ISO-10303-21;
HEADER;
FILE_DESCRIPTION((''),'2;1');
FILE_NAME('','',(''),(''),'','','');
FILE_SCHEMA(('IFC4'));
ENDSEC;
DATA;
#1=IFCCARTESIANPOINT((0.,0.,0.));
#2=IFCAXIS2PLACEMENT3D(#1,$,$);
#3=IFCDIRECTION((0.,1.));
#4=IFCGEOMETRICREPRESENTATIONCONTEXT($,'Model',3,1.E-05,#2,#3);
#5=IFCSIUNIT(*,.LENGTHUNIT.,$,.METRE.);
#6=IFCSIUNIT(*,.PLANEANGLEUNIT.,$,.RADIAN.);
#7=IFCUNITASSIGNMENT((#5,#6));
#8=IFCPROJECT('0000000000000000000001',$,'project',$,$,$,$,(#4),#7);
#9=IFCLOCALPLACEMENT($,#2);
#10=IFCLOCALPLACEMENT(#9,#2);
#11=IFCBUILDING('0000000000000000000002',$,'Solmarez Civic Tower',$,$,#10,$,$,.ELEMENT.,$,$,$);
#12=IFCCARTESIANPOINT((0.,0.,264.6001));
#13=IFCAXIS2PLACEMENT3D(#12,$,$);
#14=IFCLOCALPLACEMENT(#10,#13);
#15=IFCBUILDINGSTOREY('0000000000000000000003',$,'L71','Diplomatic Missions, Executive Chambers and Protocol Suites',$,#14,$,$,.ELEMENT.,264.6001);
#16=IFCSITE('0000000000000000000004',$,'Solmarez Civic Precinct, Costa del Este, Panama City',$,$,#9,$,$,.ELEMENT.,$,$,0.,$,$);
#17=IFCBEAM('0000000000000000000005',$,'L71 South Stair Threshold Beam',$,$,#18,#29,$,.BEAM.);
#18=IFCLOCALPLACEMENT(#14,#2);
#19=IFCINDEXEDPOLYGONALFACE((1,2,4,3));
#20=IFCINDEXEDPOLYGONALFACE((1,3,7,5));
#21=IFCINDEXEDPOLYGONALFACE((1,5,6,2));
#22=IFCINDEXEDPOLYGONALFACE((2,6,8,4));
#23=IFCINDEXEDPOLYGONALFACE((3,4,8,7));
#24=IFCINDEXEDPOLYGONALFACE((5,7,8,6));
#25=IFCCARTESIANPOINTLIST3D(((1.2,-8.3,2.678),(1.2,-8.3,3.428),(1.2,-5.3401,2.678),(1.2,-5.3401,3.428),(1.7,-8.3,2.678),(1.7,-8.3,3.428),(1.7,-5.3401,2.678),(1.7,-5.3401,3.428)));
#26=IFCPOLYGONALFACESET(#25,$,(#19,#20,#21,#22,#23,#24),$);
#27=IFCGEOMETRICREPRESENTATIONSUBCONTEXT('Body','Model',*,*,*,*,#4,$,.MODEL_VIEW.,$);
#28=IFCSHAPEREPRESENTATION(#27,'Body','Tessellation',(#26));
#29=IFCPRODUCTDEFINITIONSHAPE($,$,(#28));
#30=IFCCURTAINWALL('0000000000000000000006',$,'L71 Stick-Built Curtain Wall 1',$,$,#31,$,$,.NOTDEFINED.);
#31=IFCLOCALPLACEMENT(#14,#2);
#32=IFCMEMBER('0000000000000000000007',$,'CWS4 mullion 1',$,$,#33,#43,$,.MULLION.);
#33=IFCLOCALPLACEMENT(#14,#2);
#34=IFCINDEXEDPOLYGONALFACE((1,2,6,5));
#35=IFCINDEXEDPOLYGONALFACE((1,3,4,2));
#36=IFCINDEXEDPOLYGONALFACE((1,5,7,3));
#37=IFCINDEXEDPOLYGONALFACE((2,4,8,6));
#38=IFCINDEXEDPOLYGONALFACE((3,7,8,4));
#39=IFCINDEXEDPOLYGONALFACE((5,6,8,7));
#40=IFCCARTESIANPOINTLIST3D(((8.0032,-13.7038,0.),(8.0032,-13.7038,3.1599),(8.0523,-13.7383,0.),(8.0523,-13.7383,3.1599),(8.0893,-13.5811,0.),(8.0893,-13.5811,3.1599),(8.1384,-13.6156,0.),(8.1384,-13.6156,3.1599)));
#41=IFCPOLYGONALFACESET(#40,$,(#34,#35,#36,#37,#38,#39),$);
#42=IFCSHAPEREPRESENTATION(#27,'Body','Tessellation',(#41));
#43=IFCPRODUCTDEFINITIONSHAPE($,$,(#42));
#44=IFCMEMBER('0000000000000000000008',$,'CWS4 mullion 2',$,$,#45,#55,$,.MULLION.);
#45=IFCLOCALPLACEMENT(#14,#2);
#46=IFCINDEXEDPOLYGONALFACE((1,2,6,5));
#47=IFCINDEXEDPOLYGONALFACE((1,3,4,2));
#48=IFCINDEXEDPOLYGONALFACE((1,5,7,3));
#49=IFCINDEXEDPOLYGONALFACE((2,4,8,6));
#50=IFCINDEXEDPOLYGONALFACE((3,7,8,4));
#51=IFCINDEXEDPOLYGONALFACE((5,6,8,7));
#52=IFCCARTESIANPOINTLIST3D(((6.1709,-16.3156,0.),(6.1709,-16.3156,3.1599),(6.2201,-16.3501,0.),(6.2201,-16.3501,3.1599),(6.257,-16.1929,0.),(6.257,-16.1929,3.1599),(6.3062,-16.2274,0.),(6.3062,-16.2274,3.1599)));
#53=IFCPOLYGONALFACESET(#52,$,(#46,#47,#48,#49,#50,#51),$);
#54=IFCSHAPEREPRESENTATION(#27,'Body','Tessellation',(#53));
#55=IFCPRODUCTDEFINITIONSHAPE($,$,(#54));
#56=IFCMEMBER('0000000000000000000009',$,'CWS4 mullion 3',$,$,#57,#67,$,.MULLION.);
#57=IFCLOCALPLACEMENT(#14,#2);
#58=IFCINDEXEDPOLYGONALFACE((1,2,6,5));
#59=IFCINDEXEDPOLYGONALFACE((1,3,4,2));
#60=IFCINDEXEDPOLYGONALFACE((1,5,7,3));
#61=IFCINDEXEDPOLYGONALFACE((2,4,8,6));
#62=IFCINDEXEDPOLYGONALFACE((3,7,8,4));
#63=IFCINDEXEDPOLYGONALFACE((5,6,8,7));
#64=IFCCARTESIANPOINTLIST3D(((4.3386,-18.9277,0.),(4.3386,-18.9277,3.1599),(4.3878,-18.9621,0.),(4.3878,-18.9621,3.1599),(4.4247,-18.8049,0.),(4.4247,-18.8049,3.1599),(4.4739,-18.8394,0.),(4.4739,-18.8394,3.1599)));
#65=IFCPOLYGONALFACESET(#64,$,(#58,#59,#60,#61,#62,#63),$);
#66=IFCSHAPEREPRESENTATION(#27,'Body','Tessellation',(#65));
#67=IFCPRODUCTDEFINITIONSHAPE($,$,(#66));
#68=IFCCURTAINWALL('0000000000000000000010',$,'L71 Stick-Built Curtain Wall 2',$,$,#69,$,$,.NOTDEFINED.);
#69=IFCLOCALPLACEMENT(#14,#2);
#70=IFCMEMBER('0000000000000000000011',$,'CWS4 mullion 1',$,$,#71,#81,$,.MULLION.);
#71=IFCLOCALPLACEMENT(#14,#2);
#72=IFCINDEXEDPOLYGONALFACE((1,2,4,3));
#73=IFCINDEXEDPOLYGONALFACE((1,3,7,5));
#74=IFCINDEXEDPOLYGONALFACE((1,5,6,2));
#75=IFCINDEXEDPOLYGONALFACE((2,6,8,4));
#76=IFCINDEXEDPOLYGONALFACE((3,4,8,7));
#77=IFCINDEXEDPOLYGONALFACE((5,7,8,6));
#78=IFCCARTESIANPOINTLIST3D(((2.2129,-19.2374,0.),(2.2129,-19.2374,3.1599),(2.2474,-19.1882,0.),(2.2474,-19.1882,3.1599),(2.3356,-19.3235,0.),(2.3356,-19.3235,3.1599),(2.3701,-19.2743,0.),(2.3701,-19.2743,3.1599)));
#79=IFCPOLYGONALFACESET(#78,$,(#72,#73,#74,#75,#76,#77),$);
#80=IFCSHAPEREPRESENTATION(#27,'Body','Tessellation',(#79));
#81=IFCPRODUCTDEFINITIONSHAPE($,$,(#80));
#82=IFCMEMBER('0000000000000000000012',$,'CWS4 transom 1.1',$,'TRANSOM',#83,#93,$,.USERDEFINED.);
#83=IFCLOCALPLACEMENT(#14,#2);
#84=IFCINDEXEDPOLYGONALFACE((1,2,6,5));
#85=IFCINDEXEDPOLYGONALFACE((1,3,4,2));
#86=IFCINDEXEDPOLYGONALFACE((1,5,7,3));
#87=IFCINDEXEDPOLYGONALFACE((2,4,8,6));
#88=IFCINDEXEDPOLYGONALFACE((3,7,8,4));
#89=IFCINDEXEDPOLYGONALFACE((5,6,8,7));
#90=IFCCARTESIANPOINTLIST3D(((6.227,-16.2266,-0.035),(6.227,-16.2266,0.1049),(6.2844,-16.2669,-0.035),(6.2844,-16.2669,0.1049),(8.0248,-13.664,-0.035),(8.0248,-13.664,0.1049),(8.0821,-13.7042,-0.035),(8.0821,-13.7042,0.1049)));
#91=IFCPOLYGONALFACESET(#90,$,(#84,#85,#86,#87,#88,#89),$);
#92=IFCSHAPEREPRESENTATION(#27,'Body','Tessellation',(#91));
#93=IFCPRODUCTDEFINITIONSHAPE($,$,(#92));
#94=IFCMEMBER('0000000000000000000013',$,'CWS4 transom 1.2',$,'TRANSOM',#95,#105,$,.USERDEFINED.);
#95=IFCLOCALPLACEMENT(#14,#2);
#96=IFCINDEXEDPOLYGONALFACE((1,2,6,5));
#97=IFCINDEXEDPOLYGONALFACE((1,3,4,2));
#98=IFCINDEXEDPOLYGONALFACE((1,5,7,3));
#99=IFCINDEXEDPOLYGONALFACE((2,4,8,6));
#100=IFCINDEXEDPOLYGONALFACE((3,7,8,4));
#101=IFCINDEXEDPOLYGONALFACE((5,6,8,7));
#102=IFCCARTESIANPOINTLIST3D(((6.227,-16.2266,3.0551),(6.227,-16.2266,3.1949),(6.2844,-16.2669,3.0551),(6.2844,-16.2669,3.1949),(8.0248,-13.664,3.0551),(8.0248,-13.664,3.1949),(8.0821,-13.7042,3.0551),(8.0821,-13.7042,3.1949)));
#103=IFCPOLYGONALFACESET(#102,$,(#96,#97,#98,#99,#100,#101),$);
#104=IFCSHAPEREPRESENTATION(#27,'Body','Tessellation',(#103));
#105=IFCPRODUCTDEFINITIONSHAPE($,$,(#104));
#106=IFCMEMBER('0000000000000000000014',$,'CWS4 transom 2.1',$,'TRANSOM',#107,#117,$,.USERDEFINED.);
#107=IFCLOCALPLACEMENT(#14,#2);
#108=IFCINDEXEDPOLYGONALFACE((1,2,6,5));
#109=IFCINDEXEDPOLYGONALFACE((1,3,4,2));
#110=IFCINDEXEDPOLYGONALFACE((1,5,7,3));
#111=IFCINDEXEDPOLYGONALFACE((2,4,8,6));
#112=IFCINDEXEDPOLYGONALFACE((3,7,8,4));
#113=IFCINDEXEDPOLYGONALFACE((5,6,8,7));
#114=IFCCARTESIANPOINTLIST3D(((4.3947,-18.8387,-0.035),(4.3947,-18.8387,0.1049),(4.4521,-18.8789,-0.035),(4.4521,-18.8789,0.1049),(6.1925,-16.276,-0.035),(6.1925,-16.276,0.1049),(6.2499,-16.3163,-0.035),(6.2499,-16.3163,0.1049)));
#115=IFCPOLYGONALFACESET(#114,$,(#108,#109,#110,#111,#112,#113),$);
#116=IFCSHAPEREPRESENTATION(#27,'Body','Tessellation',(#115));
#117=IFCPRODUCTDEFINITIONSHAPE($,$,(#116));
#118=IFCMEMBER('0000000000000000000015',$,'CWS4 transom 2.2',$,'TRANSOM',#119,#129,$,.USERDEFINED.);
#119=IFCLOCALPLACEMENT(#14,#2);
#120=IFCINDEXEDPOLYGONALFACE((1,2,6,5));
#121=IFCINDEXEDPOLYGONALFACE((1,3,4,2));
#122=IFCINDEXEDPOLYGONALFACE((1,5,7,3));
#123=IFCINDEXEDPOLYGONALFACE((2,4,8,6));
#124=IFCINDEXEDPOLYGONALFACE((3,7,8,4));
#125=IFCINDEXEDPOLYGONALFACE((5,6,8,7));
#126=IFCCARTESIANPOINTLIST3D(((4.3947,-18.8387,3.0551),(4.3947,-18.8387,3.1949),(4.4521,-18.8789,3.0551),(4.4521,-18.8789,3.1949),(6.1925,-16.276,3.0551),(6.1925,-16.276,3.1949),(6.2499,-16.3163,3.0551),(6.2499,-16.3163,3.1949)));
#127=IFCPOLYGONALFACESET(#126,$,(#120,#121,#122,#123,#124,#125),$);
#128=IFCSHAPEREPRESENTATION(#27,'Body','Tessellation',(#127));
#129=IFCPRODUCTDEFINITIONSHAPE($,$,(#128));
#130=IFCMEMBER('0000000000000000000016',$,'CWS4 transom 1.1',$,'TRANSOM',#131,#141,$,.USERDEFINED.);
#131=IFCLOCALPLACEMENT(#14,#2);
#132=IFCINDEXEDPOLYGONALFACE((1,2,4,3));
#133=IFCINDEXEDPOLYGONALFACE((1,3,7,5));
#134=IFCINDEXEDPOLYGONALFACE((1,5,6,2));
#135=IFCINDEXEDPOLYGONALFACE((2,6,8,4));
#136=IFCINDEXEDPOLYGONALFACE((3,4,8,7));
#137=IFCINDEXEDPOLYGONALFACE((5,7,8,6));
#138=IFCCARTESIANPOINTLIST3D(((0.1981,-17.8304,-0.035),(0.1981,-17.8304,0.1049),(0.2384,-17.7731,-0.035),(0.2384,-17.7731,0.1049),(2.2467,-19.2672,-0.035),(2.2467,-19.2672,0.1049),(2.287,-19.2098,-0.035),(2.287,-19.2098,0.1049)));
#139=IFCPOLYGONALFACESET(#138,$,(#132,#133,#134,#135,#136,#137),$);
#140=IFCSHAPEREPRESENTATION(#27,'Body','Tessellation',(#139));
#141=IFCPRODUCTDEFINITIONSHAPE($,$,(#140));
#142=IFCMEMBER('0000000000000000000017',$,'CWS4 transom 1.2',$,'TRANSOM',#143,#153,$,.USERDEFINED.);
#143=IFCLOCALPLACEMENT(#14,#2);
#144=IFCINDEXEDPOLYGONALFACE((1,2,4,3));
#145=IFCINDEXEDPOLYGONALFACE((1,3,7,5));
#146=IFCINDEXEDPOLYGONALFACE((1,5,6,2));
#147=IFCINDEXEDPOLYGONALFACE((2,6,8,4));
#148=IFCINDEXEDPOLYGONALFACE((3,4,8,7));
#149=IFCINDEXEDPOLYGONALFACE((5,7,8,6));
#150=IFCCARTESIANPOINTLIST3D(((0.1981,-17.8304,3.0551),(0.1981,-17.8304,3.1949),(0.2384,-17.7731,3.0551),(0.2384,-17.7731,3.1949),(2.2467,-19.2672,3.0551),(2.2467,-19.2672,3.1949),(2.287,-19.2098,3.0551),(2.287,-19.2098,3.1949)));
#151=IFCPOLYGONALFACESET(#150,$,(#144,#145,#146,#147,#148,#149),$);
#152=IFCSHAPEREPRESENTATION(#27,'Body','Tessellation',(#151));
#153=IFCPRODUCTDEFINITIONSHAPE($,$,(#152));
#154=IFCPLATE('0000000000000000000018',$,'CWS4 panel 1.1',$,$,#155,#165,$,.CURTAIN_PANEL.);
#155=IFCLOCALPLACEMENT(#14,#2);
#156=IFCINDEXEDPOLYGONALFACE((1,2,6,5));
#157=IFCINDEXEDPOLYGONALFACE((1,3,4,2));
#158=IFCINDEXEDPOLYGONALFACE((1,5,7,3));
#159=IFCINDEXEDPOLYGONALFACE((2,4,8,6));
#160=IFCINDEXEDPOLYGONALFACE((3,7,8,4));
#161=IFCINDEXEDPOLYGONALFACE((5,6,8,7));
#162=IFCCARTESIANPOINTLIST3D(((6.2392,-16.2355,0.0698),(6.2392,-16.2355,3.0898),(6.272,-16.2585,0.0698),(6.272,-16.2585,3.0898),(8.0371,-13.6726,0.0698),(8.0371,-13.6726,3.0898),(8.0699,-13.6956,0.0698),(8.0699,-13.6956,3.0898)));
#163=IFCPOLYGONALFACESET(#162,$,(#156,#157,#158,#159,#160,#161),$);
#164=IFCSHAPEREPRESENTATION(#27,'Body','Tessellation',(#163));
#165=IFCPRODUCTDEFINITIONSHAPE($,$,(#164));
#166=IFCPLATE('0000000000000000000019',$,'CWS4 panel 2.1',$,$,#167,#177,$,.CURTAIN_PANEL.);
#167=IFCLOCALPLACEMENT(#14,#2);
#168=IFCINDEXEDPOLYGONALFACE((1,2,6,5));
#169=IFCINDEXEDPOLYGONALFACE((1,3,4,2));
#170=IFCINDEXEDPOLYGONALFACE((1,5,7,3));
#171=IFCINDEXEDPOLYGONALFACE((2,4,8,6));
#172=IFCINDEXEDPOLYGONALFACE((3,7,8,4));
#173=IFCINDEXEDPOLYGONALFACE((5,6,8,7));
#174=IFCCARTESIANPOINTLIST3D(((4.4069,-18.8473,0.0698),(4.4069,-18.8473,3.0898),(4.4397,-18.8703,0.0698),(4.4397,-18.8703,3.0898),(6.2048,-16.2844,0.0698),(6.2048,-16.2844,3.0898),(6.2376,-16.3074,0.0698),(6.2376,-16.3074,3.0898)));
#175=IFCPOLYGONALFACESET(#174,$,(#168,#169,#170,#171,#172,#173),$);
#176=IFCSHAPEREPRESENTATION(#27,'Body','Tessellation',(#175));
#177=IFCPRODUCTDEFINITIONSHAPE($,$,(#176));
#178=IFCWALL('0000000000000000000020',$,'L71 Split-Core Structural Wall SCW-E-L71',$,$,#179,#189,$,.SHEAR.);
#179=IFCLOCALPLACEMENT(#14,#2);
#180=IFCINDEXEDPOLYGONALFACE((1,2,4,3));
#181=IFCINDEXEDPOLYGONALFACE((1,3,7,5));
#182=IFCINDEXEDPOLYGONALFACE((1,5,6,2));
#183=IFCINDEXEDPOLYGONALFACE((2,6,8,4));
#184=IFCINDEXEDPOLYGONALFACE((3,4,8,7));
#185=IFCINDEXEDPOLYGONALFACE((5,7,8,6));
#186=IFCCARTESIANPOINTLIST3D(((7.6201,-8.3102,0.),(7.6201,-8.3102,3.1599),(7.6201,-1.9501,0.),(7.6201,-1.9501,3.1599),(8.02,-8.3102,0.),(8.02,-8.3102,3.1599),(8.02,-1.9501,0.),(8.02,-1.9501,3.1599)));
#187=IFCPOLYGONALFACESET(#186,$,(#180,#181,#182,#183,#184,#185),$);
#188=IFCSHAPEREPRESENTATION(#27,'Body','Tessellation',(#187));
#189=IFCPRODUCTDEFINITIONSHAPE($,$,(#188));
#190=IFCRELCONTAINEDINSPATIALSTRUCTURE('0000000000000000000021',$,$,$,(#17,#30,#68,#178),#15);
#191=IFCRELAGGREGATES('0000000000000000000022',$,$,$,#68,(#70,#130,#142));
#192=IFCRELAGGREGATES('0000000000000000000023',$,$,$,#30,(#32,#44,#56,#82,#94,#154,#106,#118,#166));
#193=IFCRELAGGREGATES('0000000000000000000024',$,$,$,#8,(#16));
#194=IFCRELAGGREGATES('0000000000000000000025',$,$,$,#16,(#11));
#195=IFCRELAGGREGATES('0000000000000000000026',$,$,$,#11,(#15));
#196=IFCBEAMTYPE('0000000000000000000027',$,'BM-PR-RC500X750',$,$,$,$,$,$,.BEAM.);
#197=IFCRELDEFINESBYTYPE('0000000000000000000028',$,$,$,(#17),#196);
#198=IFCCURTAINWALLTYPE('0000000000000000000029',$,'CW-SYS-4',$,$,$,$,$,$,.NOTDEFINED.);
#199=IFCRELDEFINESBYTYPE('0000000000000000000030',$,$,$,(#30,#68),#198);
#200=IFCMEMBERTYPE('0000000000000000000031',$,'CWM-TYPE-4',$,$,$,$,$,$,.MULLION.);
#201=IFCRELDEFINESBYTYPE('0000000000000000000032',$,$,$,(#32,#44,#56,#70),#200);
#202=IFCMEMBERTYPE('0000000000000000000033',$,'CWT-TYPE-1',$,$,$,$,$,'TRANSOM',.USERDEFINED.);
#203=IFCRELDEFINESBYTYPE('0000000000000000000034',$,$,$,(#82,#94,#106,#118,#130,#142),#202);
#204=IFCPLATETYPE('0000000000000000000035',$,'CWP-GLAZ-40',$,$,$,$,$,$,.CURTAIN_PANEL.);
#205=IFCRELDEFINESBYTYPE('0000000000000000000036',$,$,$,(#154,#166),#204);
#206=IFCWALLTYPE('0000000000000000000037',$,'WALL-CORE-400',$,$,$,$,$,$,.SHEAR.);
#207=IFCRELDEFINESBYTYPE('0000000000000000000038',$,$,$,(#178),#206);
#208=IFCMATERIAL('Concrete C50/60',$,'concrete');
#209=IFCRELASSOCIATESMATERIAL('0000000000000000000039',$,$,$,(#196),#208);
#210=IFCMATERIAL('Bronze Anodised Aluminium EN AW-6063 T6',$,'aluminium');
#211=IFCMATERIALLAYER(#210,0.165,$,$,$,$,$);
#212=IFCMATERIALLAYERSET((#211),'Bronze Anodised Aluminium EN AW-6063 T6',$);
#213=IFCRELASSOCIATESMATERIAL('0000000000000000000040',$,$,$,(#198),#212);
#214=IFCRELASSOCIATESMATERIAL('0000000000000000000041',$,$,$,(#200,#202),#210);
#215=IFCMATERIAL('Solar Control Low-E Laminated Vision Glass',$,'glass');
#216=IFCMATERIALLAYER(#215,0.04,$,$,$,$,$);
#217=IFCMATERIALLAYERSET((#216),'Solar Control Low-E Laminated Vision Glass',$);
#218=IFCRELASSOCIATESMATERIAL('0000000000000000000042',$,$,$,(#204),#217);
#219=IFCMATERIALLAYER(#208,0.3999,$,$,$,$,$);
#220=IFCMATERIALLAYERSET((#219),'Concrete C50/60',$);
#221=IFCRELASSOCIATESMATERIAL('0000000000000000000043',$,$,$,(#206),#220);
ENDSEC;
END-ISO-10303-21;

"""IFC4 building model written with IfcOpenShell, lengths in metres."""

from ifc_helpers import new_model, si_unit, direction, frame, frame_2d, origin, origin_2d, place, context, subcontext, project, spatial, rectangle, extrude, material, layer, layer_set, material_profile, profile_set, type_object, element, aggregate, save


model = new_model("IFC4")

# Units and contexts
model_context = context("Model", 3, precision=1e-05, world=origin(), true_north=direction((0.0, 1.0)))
body_context = subcontext(model_context, "Body", "Model", "MODEL_VIEW")
ifc_project = project(units=[si_unit("LENGTHUNIT", "METRE"), si_unit("PLANEANGLEUNIT", "RADIAN")], contexts=[model_context])

# Site, building, storey
site_placement = place(None, origin())
site = spatial("IfcSite", under=ifc_project, at=site_placement, Name="Solmarez Civic Precinct, Costa del Este, Panama City", CompositionType="ELEMENT", RefElevation=0.0)
building_placement = place(site_placement, origin())
building = spatial("IfcBuilding", under=site, at=building_placement, Name="Solmarez Civic Tower", CompositionType="ELEMENT")
storey_placement = place(building_placement, frame((0.0, 0.0, 264.6001)))
storey = spatial("IfcBuildingStorey", under=building, at=storey_placement, Name="L71", Description="Diplomatic Missions, Executive Chambers and Protocol Suites", CompositionType="ELEMENT", Elevation=264.6001)

# Beam
ifc_material_1 = material(Name="Concrete C50/60", Category="concrete")
ifc_material_profile_1 = material_profile(ifc_material_1, rectangle(XDim=0.5, YDim=0.75, at=origin_2d()), Name="RC500X750")
ifc_profile_set_1 = profile_set([ifc_material_profile_1], Name="Concrete C50/60")
beam_type = type_object("IfcBeamType", Name="BM-PR-RC500X750", PredefinedType="BEAM", material=ifc_profile_set_1)
beam_placement = place(storey_placement, frame((1.45, -8.3, 3.053), z_axis=(0.0, 1.0, 0.0), x_axis=(-1.0, 0.0, 0.0)))
element("IfcBeam", 1, at=beam_placement, inside=storey, type_object=beam_type, Name="L71 South Stair Threshold Beam", PredefinedType="BEAM", context=body_context, shape_type="SweptSolid", body=[
    extrude(rectangle(XDim=0.5, YDim=0.75, at=origin_2d()), origin(), (0.0, 0.0, 1.0), 2.96),
])

# Curtain wall, members
ifc_material_2 = material(Name="Bronze Anodised Aluminium EN AW-6063 T6", Category="aluminium")
ifc_layer_1 = layer(ifc_material_2, 0.165)
ifc_layer_set_1 = layer_set([ifc_layer_1], Name="Bronze Anodised Aluminium EN AW-6063 T6")
curtain_wall_type = type_object("IfcCurtainWallType", Name="CW-SYS-4", PredefinedType="NOTDEFINED", material=ifc_layer_set_1)
curtain_wall_1_placement = place(storey_placement, origin())
curtain_wall_1 = element("IfcCurtainWall", 2, at=curtain_wall_1_placement, inside=storey, type_object=curtain_wall_type, Name="L71 Stick-Built Curtain Wall 1", PredefinedType="NOTDEFINED")
ifc_material_profile_2 = material_profile(ifc_material_2, rectangle(XDim=0.0601, YDim=0.1499, at=origin_2d()), Name="CWM-60X150")
ifc_profile_set_2 = profile_set([ifc_material_profile_2], Name="Bronze Anodised Aluminium EN AW-6063 T6")
member_type_1 = type_object("IfcMemberType", Name="CWM-TYPE-4", PredefinedType="MULLION", material=ifc_profile_set_2)
member_1_placement = place(storey_placement, frame((8.0708, -13.6597, 0.0), z_axis=(0.0, 0.0, 1.0), x_axis=(0.818655, -0.574285, 0.0)))
member_1 = element("IfcMember", 3, at=member_1_placement, type_object=member_type_1, Name="CWS4 mullion 1", PredefinedType="MULLION", context=body_context, shape_type="SweptSolid", body=[
    extrude(rectangle(XDim=0.0601, YDim=0.1499, at=origin_2d()), origin(), (0.0, 0.0, 1.0), 3.1599),
])
member_2_placement = place(storey_placement, frame((6.2385, -16.2715, 0.0), z_axis=(0.0, 0.0, 1.0), x_axis=(0.818655, -0.574285, 0.0)))
member_2 = element("IfcMember", 4, at=member_2_placement, type_object=member_type_1, Name="CWS4 mullion 2", PredefinedType="MULLION", context=body_context, shape_type="SweptSolid", body=[
    extrude(rectangle(XDim=0.0601, YDim=0.1499, at=origin_2d()), origin(), (0.0, 0.0, 1.0), 3.1599),
])
member_3_placement = place(storey_placement, frame((4.4062, -18.8835, 0.0), z_axis=(0.0, 0.0, 1.0), x_axis=(0.818655, -0.574285, 0.0)))
member_3 = element("IfcMember", 5, at=member_3_placement, type_object=member_type_1, Name="CWS4 mullion 3", PredefinedType="MULLION", context=body_context, shape_type="SweptSolid", body=[
    extrude(rectangle(XDim=0.0601, YDim=0.1499, at=origin_2d()), origin(), (0.0, 0.0, 1.0), 3.1599),
])

# Curtain wall, member
curtain_wall_2_placement = place(storey_placement, origin())
curtain_wall_2 = element("IfcCurtainWall", 6, at=curtain_wall_2_placement, inside=storey, type_object=curtain_wall_type, Name="L71 Stick-Built Curtain Wall 2", PredefinedType="NOTDEFINED")
member_4_placement = place(storey_placement, frame((2.2915, -19.2559, 0.0), z_axis=(0.0, 0.0, 1.0), x_axis=(-0.574166, -0.818739, 0.0)))
member_4 = element("IfcMember", 7, at=member_4_placement, type_object=member_type_1, Name="CWS4 mullion 1", PredefinedType="MULLION", context=body_context, shape_type="SweptSolid", body=[
    extrude(rectangle(XDim=0.0601, YDim=0.1499, at=origin_2d()), origin(), (0.0, 0.0, 1.0), 3.1599),
])

# Members
ifc_material_profile_3 = material_profile(ifc_material_2, rectangle(XDim=0.0701, YDim=0.1399, at=origin_2d()), Name="CWT-70X140")
ifc_profile_set_3 = profile_set([ifc_material_profile_3], Name="Bronze Anodised Aluminium EN AW-6063 T6")
member_type_2 = type_object("IfcMemberType", Name="CWT-TYPE-1", ElementType="TRANSOM", PredefinedType="USERDEFINED", material=ifc_profile_set_3)
member_5_placement = place(storey_placement, frame((8.0535, -13.6841, 0.0349), z_axis=(-0.574305, -0.818642, 0.0), x_axis=(0.818642, -0.574305, 0.0)))
member_5 = element("IfcMember", 8, at=member_5_placement, type_object=member_type_2, Name="CWS4 transom 1.1", ObjectType="TRANSOM", PredefinedType="USERDEFINED", context=body_context, shape_type="SweptSolid", body=[
    extrude(rectangle(XDim=0.0701, YDim=0.1399, at=origin_2d()), origin(), (0.0, 0.0, 1.0), 3.1304),
])
member_6_placement = place(storey_placement, frame((8.0535, -13.6841, 3.125), z_axis=(-0.574305, -0.818642, 0.0), x_axis=(0.818642, -0.574305, 0.0)))
member_6 = element("IfcMember", 9, at=member_6_placement, type_object=member_type_2, Name="CWS4 transom 1.2", ObjectType="TRANSOM", PredefinedType="USERDEFINED", context=body_context, shape_type="SweptSolid", body=[
    extrude(rectangle(XDim=0.0701, YDim=0.1399, at=origin_2d()), origin(), (0.0, 0.0, 1.0), 3.1304),
])
member_7_placement = place(storey_placement, frame((6.2212, -16.2961, 0.0349), z_axis=(-0.574305, -0.818642, 0.0), x_axis=(0.818642, -0.574305, 0.0)))
member_7 = element("IfcMember", 10, at=member_7_placement, type_object=member_type_2, Name="CWS4 transom 2.1", ObjectType="TRANSOM", PredefinedType="USERDEFINED", context=body_context, shape_type="SweptSolid", body=[
    extrude(rectangle(XDim=0.0701, YDim=0.1399, at=origin_2d()), origin(), (0.0, 0.0, 1.0), 3.1304),
])
member_8_placement = place(storey_placement, frame((6.2212, -16.2961, 3.125), z_axis=(-0.574305, -0.818642, 0.0), x_axis=(0.818642, -0.574305, 0.0)))
member_8 = element("IfcMember", 11, at=member_8_placement, type_object=member_type_2, Name="CWS4 transom 2.2", ObjectType="TRANSOM", PredefinedType="USERDEFINED", context=body_context, shape_type="SweptSolid", body=[
    extrude(rectangle(XDim=0.0701, YDim=0.1399, at=origin_2d()), origin(), (0.0, 0.0, 1.0), 3.1304),
])
member_9_placement = place(storey_placement, frame((2.2668, -19.2385, 0.0349), z_axis=(-0.818714, 0.574202, 0.0), x_axis=(-0.574202, -0.818714, 0.0)))
member_9 = element("IfcMember", 12, at=member_9_placement, type_object=member_type_2, Name="CWS4 transom 1.1", ObjectType="TRANSOM", PredefinedType="USERDEFINED", context=body_context, shape_type="SweptSolid", body=[
    extrude(rectangle(XDim=0.0701, YDim=0.1399, at=origin_2d()), origin(), (0.0, 0.0, 1.0), 2.5022),
])
member_10_placement = place(storey_placement, frame((2.2668, -19.2385, 3.125), z_axis=(-0.818714, 0.574202, 0.0), x_axis=(-0.574202, -0.818714, 0.0)))
member_10 = element("IfcMember", 13, at=member_10_placement, type_object=member_type_2, Name="CWS4 transom 1.2", ObjectType="TRANSOM", PredefinedType="USERDEFINED", context=body_context, shape_type="SweptSolid", body=[
    extrude(rectangle(XDim=0.0701, YDim=0.1399, at=origin_2d()), origin(), (0.0, 0.0, 1.0), 2.5022),
])
aggregate(curtain_wall_2, [member_4, member_9, member_10])

# Plates
ifc_material_3 = material(Name="Solar Control Low-E Laminated Vision Glass", Category="glass")
ifc_layer_2 = layer(ifc_material_3, 0.04)
ifc_layer_set_2 = layer_set([ifc_layer_2], Name="Solar Control Low-E Laminated Vision Glass")
plate_type = type_object("IfcPlateType", Name="CWP-GLAZ-40", PredefinedType="CURTAIN_PANEL", material=ifc_layer_set_2)
plate_1_placement = place(storey_placement, frame((7.1545, -14.9656, 0.0698), z_axis=(0.0, 0.0, 1.0), x_axis=(-0.574285, -0.818655, 0.0)))
plate_1 = element("IfcPlate", 14, at=plate_1_placement, type_object=plate_type, Name="CWS4 panel 1.1", PredefinedType="CURTAIN_PANEL", context=body_context, shape_type="SweptSolid", body=[
    extrude(rectangle(XDim=3.1306, YDim=0.04, at=origin_2d()), origin(), (0.0, 0.0, 1.0), 3.02),
])
plate_2_placement = place(storey_placement, frame((5.3223, -17.5774, 0.0698), z_axis=(0.0, 0.0, 1.0), x_axis=(-0.574285, -0.818655, 0.0)))
plate_2 = element("IfcPlate", 15, at=plate_2_placement, type_object=plate_type, Name="CWS4 panel 2.1", PredefinedType="CURTAIN_PANEL", context=body_context, shape_type="SweptSolid", body=[
    extrude(rectangle(XDim=3.1306, YDim=0.04, at=origin_2d()), origin(), (0.0, 0.0, 1.0), 3.02),
])
aggregate(curtain_wall_1, [member_1, member_2, member_3, member_5, member_6, plate_1, member_7, member_8, plate_2])

# Wall
ifc_layer_3 = layer(ifc_material_1, 0.3999)
ifc_layer_set_3 = layer_set([ifc_layer_3], Name="Concrete C50/60")
wall_type_1 = type_object("IfcWallType", Name="WALL-CORE-400", PredefinedType="SHEAR", material=ifc_layer_set_3)
wall_1_placement = place(storey_placement, frame((7.8201, -1.95, 0.0), z_axis=(0.0, 0.0, 1.0), x_axis=(0.0, -1.0, 0.0)))
element("IfcWall", 16, at=wall_1_placement, inside=storey, type_object=wall_type_1, Name="L71 Split-Core Structural Wall SCW-E-L71", PredefinedType="SHEAR", context=body_context, shape_type="SweptSolid", body=[
    extrude(rectangle(XDim=6.3601, YDim=0.3999, at=frame_2d((3.1802, 0.0))), origin(), (0.0, 0.0, 1.0), 3.1599),
])

save(model, "model.ifc")
